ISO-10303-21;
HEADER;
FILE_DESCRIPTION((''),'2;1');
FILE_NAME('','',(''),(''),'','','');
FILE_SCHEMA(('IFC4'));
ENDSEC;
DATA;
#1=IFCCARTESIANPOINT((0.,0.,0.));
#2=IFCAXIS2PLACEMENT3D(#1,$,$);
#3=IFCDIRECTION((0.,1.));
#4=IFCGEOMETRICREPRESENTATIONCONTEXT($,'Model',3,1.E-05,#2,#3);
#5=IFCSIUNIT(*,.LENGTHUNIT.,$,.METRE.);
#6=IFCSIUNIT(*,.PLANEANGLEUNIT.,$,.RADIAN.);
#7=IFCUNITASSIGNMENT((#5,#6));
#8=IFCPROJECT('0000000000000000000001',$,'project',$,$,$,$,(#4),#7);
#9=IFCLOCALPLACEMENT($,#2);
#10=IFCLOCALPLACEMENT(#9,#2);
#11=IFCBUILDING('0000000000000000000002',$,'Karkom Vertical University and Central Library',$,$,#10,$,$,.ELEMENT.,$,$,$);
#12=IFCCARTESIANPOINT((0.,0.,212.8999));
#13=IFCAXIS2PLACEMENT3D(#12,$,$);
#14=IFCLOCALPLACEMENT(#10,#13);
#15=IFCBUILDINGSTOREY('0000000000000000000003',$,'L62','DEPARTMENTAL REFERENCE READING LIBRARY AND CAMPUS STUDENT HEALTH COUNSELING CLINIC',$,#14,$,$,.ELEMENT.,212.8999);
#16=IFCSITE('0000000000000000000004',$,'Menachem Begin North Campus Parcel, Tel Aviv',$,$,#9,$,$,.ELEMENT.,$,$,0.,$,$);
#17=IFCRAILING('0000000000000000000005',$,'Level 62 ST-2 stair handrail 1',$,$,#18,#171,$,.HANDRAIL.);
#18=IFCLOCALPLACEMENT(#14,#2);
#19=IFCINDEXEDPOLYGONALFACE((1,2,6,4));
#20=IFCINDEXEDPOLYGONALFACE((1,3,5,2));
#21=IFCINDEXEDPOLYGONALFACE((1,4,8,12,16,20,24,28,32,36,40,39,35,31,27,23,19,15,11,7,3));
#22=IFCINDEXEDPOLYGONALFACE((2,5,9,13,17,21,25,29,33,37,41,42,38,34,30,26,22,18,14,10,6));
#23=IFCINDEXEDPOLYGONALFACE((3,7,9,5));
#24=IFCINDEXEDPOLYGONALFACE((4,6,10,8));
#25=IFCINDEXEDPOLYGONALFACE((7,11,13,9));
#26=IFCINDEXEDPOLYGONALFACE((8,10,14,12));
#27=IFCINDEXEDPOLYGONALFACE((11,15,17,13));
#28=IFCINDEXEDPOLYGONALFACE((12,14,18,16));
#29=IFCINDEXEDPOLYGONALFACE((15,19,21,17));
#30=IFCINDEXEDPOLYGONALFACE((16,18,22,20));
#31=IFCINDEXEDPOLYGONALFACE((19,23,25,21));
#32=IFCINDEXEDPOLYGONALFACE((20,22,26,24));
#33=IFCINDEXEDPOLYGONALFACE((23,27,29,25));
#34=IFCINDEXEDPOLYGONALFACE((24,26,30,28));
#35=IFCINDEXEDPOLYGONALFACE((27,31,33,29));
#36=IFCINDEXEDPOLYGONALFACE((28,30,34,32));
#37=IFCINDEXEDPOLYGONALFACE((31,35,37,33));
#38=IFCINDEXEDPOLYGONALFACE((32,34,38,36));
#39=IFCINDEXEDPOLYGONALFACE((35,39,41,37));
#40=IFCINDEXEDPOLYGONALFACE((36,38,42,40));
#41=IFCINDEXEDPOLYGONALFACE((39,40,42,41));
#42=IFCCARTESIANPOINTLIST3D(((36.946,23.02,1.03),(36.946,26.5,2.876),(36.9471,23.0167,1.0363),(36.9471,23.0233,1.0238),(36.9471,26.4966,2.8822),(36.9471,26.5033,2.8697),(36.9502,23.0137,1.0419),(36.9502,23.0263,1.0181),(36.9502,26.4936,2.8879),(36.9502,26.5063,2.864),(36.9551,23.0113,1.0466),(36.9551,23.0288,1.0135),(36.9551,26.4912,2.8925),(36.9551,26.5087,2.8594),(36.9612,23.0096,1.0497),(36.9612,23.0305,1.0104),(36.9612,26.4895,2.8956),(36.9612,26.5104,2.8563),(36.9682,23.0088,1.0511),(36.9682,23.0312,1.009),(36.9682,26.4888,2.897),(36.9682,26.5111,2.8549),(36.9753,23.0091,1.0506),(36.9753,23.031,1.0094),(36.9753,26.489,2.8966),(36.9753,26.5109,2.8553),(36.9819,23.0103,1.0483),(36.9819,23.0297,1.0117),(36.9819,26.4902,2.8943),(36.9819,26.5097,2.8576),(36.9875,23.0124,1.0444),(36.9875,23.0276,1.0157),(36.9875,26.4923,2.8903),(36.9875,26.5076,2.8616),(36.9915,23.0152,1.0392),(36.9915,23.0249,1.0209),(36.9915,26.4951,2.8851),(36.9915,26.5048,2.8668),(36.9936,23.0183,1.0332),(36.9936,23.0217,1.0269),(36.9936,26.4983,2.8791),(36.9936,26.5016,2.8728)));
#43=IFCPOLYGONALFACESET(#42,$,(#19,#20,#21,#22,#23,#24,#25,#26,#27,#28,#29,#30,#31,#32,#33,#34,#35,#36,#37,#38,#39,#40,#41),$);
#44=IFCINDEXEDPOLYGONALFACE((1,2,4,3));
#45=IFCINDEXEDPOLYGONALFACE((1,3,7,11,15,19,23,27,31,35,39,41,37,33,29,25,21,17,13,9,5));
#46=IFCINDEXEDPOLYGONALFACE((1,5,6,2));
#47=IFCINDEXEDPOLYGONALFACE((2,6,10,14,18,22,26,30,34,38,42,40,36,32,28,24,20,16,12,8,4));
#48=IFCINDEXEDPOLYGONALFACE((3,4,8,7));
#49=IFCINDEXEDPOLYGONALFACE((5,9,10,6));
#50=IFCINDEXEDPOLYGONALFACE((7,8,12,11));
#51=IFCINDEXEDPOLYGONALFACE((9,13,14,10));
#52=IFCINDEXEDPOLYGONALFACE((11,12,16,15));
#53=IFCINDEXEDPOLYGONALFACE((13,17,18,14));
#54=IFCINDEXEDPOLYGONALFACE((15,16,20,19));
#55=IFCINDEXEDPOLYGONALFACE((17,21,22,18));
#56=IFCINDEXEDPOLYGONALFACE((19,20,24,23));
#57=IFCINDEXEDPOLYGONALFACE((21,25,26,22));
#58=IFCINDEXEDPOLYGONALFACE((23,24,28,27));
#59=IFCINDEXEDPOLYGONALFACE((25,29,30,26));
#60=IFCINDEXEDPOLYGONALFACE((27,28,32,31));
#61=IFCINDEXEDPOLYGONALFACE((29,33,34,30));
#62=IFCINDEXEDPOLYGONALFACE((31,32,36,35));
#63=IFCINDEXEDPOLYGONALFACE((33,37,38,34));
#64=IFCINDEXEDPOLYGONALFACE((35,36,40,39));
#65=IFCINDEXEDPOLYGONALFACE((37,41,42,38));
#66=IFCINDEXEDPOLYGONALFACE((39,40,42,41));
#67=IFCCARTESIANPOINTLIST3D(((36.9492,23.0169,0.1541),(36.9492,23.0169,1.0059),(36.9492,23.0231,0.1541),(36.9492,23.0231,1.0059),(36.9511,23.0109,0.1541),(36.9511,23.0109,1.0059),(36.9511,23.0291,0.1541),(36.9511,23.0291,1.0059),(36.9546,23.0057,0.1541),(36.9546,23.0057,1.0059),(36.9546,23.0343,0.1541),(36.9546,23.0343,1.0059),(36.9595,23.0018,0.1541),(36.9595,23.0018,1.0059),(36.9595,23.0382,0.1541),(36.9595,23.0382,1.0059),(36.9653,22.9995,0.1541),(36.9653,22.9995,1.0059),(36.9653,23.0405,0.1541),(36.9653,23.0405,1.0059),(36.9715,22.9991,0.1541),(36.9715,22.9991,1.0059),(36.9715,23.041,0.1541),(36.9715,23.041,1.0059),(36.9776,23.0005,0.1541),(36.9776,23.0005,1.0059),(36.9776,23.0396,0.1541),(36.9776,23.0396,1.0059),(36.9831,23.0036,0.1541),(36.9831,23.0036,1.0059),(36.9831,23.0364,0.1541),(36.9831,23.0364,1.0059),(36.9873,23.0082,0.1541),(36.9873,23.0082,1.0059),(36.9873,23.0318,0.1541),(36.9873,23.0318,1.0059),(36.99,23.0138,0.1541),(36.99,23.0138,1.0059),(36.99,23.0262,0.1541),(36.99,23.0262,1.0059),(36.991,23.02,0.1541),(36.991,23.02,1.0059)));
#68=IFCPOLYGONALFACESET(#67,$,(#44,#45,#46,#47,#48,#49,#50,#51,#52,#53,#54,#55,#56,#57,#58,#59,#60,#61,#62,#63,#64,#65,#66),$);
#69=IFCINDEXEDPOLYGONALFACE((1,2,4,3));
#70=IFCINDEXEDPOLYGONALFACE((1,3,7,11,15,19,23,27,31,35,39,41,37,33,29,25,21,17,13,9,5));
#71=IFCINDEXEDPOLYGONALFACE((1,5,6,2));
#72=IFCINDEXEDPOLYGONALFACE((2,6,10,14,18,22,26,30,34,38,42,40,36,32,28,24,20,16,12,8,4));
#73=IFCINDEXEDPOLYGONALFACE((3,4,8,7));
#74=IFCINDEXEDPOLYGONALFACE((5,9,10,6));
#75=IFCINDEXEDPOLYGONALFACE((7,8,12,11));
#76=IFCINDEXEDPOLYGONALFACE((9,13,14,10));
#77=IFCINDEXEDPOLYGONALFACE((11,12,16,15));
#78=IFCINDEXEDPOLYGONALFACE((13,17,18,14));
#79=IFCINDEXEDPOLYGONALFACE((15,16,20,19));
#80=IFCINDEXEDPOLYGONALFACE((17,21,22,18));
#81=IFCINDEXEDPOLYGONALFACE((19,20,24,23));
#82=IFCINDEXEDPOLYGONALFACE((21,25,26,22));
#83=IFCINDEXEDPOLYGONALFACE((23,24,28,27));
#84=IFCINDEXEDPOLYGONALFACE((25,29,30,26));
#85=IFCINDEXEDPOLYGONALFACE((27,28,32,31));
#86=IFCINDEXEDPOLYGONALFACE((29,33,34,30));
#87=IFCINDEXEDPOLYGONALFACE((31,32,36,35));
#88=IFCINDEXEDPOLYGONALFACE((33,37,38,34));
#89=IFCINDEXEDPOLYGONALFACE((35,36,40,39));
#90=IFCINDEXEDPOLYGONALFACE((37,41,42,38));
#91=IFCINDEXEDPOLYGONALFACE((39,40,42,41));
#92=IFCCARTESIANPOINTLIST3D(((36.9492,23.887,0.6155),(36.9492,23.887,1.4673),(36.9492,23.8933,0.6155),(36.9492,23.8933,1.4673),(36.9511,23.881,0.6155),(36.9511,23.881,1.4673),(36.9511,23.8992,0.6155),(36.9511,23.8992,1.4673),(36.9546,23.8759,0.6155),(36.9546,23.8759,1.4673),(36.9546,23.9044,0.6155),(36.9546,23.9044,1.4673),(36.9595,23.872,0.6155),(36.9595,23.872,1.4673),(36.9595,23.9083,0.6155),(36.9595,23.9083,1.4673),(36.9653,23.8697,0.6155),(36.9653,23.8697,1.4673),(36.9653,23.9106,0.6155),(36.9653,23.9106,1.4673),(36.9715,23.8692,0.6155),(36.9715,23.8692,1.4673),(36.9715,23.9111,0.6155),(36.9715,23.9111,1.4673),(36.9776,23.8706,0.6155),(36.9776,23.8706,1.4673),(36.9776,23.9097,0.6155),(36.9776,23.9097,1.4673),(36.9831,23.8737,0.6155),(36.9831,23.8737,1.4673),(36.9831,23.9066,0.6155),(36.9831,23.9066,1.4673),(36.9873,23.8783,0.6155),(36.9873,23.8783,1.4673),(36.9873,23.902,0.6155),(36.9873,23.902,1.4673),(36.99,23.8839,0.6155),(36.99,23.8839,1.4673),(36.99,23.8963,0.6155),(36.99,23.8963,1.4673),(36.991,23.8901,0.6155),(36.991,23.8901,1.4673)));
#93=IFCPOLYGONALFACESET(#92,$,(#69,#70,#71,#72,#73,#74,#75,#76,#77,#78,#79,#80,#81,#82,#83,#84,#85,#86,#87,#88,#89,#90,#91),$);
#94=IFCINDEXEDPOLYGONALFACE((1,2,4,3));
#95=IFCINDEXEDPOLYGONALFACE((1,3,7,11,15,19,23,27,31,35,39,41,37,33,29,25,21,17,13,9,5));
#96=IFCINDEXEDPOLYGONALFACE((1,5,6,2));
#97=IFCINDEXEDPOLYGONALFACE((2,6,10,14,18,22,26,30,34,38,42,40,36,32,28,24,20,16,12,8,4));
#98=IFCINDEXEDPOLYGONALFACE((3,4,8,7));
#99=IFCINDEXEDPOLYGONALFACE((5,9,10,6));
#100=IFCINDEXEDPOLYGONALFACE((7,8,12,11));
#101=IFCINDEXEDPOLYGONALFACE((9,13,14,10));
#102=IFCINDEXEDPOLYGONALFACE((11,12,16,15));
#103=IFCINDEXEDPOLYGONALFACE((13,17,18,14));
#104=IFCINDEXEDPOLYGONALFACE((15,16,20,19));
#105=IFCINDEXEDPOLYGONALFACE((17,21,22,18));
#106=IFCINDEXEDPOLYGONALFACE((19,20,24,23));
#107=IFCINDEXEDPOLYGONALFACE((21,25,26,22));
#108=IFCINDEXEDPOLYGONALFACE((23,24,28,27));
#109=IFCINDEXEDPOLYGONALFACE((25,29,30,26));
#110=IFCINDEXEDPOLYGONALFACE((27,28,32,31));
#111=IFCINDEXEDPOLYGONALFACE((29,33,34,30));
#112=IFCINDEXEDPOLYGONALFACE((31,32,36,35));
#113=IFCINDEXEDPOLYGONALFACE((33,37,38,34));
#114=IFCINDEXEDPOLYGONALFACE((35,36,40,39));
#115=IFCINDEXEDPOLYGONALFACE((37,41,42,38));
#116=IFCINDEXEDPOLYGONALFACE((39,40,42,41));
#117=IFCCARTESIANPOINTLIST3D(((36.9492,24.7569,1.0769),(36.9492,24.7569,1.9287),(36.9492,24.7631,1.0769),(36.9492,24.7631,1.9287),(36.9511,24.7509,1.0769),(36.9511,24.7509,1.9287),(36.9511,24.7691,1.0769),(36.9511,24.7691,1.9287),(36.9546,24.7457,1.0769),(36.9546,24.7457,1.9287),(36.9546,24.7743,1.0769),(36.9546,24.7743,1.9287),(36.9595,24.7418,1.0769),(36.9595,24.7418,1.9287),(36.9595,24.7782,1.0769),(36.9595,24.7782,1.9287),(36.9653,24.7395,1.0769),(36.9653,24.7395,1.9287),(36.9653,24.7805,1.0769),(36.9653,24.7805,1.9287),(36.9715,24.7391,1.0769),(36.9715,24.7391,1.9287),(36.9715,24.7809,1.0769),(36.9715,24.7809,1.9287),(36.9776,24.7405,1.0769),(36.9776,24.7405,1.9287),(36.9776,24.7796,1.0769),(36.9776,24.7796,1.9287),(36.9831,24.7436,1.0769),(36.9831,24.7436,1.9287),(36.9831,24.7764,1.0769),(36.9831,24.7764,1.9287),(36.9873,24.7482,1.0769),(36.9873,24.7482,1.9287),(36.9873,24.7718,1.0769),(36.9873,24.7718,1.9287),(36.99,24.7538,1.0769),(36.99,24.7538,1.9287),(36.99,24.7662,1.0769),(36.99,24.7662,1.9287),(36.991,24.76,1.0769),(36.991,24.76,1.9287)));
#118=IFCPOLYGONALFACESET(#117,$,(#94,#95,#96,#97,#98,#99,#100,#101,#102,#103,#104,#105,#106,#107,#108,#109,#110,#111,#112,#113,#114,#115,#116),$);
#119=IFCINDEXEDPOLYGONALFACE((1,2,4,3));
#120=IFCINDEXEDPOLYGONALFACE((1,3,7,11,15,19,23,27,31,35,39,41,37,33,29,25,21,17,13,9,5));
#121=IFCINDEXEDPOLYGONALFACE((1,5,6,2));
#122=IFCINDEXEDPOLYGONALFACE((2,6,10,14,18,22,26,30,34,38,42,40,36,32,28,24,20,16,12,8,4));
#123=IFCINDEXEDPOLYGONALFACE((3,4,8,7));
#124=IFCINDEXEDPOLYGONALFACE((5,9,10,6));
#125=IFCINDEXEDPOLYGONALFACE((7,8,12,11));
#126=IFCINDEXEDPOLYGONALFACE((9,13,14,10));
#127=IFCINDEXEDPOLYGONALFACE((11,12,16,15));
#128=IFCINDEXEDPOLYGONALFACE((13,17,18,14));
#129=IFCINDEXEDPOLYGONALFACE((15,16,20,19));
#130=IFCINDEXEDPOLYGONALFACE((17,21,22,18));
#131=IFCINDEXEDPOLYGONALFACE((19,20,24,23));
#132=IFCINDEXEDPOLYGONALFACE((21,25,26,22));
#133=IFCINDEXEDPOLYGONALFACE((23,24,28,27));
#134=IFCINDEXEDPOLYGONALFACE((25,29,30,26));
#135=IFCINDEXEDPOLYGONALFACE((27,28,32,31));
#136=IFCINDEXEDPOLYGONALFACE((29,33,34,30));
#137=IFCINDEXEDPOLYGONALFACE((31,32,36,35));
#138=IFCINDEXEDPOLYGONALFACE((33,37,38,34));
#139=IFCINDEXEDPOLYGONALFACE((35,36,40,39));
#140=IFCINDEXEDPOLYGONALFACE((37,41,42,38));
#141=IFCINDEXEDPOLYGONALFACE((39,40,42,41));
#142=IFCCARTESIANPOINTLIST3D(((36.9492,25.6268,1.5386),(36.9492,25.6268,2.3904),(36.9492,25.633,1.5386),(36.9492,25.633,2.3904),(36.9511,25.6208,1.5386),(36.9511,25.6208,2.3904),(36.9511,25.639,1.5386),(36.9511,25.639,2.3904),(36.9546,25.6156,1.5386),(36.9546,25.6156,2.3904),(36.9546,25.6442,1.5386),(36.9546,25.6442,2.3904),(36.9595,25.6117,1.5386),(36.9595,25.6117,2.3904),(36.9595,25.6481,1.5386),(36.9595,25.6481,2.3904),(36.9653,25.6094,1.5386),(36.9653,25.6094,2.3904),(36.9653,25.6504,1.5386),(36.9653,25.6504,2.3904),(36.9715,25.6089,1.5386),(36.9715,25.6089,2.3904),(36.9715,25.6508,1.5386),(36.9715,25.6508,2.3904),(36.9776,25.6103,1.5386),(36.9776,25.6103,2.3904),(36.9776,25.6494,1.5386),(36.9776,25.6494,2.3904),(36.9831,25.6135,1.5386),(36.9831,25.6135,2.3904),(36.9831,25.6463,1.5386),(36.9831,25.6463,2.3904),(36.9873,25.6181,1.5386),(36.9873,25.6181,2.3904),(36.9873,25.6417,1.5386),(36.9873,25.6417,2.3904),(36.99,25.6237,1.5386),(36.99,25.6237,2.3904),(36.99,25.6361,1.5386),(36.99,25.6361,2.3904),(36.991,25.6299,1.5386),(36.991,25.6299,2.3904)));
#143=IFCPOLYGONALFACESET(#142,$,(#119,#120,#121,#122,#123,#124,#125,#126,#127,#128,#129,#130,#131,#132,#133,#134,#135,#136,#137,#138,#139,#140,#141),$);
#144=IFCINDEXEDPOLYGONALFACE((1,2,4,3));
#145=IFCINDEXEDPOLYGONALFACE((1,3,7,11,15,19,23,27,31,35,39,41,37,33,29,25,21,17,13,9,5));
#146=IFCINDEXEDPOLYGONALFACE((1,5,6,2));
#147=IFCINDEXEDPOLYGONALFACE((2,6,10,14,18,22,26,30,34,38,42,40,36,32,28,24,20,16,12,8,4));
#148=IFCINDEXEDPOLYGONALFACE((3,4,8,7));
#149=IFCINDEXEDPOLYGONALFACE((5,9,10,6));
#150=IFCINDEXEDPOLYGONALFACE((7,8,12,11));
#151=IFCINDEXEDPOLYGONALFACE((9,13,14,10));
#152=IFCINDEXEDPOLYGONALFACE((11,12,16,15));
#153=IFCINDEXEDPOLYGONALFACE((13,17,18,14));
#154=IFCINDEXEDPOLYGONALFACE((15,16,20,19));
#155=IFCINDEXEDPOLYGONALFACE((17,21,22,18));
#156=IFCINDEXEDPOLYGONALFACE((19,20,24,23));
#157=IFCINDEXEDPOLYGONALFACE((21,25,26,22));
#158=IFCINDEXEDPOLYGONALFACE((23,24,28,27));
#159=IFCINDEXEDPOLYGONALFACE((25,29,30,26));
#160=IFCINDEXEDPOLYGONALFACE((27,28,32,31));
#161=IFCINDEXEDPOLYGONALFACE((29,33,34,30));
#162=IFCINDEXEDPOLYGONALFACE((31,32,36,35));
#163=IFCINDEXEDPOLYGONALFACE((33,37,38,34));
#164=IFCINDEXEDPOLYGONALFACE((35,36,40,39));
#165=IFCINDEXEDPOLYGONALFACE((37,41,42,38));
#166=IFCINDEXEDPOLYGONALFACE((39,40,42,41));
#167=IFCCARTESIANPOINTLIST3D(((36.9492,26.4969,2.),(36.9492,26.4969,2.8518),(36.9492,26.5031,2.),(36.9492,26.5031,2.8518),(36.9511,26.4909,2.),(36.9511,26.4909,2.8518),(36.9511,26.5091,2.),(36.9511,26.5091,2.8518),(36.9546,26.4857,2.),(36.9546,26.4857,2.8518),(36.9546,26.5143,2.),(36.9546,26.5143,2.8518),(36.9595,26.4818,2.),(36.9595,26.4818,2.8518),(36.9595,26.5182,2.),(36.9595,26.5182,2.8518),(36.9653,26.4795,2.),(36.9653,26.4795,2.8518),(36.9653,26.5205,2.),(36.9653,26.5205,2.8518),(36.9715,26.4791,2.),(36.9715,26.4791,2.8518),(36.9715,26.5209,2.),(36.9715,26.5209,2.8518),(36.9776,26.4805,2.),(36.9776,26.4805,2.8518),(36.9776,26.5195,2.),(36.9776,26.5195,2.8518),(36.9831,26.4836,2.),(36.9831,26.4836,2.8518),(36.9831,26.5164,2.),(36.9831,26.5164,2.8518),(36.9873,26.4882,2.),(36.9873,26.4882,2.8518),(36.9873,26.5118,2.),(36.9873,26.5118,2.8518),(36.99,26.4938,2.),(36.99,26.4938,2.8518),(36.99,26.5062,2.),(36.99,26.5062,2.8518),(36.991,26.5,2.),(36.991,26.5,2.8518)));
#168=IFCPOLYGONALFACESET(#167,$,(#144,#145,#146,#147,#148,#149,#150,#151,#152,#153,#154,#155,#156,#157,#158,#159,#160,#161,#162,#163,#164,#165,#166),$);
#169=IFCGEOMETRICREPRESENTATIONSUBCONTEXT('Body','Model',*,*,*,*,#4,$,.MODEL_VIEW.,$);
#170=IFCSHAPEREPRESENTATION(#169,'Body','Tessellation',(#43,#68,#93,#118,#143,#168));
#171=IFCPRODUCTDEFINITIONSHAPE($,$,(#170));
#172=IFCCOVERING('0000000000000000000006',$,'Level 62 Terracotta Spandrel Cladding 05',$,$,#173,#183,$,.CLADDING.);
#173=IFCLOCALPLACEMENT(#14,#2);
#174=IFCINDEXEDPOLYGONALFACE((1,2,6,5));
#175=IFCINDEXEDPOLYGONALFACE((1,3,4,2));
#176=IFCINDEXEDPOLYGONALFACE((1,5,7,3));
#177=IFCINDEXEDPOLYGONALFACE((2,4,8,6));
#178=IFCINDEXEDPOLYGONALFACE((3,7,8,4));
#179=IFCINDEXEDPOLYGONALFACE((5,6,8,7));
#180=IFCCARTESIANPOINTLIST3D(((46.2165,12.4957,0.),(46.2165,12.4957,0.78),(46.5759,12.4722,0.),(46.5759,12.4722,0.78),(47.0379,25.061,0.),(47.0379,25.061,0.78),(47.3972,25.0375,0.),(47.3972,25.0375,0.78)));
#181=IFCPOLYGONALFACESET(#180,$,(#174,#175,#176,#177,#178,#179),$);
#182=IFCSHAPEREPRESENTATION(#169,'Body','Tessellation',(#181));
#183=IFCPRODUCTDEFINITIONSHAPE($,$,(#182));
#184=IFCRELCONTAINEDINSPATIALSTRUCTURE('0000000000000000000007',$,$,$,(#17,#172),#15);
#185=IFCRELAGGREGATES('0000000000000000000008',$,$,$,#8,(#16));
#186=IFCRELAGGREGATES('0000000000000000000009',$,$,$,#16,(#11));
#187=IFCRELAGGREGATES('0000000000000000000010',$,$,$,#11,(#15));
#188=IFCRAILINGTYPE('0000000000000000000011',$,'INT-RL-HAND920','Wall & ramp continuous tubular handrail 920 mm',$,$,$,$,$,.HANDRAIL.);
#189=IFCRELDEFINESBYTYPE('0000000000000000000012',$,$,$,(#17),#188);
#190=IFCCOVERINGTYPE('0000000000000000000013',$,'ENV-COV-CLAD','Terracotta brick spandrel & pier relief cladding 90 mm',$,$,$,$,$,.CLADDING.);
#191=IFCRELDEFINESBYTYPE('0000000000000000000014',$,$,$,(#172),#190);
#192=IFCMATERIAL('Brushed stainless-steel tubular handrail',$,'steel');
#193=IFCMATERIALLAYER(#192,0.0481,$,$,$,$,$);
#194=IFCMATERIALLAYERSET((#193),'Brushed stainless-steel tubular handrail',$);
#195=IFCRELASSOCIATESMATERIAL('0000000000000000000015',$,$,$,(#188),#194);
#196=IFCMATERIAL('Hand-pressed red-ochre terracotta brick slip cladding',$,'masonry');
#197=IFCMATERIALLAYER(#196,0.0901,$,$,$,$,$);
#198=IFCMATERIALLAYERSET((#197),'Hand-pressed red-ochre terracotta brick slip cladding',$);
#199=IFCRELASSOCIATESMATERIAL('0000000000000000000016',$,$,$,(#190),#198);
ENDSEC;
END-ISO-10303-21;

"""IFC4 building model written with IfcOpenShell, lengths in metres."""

from ifc_helpers import new_model, si_unit, direction, frame, origin, origin_with_axes, origin_2d, place, context, subcontext, project, spatial, rectangle, circle, extrude, source, transform, mapped, material, layer, layer_set, type_object, element, save


model = new_model("IFC4")

# Units and contexts
model_context = context("Model", 3, precision=1e-05, world=origin(), true_north=direction((0.0, 1.0)))
body_context = subcontext(model_context, "Body", "Model", "MODEL_VIEW")
ifc_project = project(units=[si_unit("LENGTHUNIT", "METRE"), si_unit("PLANEANGLEUNIT", "RADIAN")], contexts=[model_context])

# Site, building, storey
site_placement = place(None, origin())
site = spatial("IfcSite", under=ifc_project, at=site_placement, Name="Menachem Begin North Campus Parcel, Tel Aviv", CompositionType="ELEMENT", RefElevation=0.0)
building_placement = place(site_placement, origin())
building = spatial("IfcBuilding", under=site, at=building_placement, Name="Karkom Vertical University and Central Library", CompositionType="ELEMENT")
storey_placement = place(building_placement, frame((0.0, 0.0, 212.8999)))
storey = spatial("IfcBuildingStorey", under=building, at=storey_placement, Name="L62", Description="DEPARTMENTAL REFERENCE READING LIBRARY AND CAMPUS STUDENT HEALTH COUNSELING CLINIC", CompositionType="ELEMENT", Elevation=212.8999)

# Railing
ifc_material_1 = material(Name="Brushed stainless-steel tubular handrail", Category="steel")
ifc_layer_1 = layer(ifc_material_1, 0.0481)
ifc_layer_set_1 = layer_set([ifc_layer_1], Name="Brushed stainless-steel tubular handrail")
railing_type_1 = type_object("IfcRailingType", Name="INT-RL-HAND920", Description="Wall & ramp continuous tubular handrail 920 mm", PredefinedType="HANDRAIL", material=ifc_layer_set_1)
railing_1_placement = place(storey_placement, frame((36.97, 23.02, 0.1541)))
element("IfcRailing", 1, at=railing_1_placement, inside=storey, type_object=railing_type_1, Name="Level 62 ST-2 stair handrail 1", PredefinedType="HANDRAIL", context=body_context, shape_type="SweptSolid", body=[
    extrude(circle(Radius=0.0239, at=origin_2d()), frame((0.0, 0.0, 0.876), z_axis=(0.0, 0.883409, 0.468602), x_axis=(-1.0, 0.0, 0.0)), (0.0, 0.0, 1.0), 3.9392),
    extrude(circle(Radius=0.021, at=origin_2d()), origin(), (0.0, 0.0, 1.0), 0.8518),
    extrude(circle(Radius=0.021, at=origin_2d()), frame((0.0, 0.8701, 0.4614)), (0.0, 0.0, 1.0), 0.8518),
    extrude(circle(Radius=0.021, at=origin_2d()), frame((0.0, 1.74, 0.9229)), (0.0, 0.0, 1.0), 0.8518),
    extrude(circle(Radius=0.021, at=origin_2d()), frame((0.0, 2.6099, 1.3845)), (0.0, 0.0, 1.0), 0.8518),
    extrude(circle(Radius=0.021, at=origin_2d()), frame((0.0, 3.48, 1.8459)), (0.0, 0.0, 1.0), 0.8518),
])

# Covering
ifc_material_2 = material(Name="Hand-pressed red-ochre terracotta brick slip cladding", Category="masonry")
ifc_layer_2 = layer(ifc_material_2, 0.0901)
ifc_layer_set_2 = layer_set([ifc_layer_2], Name="Hand-pressed red-ochre terracotta brick slip cladding")
covering_type = type_object("IfcCoveringType", Name="ENV-COV-CLAD", Description="Terracotta brick spandrel & pier relief cladding 90 mm", PredefinedType="CLADDING", material=ifc_layer_set_2)
shared_shape_1 = source(origin_with_axes(), body_context, "Body", "SweptSolid", [
    extrude(rectangle(XDim=12.592, YDim=0.3601, at=origin_2d()), origin(), (0.0, 0.0, 1.0), 0.78),
])
covering_placement = place(storey_placement, frame((46.8069, 18.7666, 0.0), z_axis=(0.0, 0.0, 1.0), x_axis=(0.065229, 0.99787, 0.0)))
element("IfcCovering", 2, at=covering_placement, inside=storey, type_object=covering_type, Name="Level 62 Terracotta Spandrel Cladding 05", PredefinedType="CLADDING", context=body_context, shape_type="MappedRepresentation", body=[
    mapped(shared_shape_1, transform((0.0, 0.0, 0.0), scale=1.0)),
])

save(model, "model.ifc")
